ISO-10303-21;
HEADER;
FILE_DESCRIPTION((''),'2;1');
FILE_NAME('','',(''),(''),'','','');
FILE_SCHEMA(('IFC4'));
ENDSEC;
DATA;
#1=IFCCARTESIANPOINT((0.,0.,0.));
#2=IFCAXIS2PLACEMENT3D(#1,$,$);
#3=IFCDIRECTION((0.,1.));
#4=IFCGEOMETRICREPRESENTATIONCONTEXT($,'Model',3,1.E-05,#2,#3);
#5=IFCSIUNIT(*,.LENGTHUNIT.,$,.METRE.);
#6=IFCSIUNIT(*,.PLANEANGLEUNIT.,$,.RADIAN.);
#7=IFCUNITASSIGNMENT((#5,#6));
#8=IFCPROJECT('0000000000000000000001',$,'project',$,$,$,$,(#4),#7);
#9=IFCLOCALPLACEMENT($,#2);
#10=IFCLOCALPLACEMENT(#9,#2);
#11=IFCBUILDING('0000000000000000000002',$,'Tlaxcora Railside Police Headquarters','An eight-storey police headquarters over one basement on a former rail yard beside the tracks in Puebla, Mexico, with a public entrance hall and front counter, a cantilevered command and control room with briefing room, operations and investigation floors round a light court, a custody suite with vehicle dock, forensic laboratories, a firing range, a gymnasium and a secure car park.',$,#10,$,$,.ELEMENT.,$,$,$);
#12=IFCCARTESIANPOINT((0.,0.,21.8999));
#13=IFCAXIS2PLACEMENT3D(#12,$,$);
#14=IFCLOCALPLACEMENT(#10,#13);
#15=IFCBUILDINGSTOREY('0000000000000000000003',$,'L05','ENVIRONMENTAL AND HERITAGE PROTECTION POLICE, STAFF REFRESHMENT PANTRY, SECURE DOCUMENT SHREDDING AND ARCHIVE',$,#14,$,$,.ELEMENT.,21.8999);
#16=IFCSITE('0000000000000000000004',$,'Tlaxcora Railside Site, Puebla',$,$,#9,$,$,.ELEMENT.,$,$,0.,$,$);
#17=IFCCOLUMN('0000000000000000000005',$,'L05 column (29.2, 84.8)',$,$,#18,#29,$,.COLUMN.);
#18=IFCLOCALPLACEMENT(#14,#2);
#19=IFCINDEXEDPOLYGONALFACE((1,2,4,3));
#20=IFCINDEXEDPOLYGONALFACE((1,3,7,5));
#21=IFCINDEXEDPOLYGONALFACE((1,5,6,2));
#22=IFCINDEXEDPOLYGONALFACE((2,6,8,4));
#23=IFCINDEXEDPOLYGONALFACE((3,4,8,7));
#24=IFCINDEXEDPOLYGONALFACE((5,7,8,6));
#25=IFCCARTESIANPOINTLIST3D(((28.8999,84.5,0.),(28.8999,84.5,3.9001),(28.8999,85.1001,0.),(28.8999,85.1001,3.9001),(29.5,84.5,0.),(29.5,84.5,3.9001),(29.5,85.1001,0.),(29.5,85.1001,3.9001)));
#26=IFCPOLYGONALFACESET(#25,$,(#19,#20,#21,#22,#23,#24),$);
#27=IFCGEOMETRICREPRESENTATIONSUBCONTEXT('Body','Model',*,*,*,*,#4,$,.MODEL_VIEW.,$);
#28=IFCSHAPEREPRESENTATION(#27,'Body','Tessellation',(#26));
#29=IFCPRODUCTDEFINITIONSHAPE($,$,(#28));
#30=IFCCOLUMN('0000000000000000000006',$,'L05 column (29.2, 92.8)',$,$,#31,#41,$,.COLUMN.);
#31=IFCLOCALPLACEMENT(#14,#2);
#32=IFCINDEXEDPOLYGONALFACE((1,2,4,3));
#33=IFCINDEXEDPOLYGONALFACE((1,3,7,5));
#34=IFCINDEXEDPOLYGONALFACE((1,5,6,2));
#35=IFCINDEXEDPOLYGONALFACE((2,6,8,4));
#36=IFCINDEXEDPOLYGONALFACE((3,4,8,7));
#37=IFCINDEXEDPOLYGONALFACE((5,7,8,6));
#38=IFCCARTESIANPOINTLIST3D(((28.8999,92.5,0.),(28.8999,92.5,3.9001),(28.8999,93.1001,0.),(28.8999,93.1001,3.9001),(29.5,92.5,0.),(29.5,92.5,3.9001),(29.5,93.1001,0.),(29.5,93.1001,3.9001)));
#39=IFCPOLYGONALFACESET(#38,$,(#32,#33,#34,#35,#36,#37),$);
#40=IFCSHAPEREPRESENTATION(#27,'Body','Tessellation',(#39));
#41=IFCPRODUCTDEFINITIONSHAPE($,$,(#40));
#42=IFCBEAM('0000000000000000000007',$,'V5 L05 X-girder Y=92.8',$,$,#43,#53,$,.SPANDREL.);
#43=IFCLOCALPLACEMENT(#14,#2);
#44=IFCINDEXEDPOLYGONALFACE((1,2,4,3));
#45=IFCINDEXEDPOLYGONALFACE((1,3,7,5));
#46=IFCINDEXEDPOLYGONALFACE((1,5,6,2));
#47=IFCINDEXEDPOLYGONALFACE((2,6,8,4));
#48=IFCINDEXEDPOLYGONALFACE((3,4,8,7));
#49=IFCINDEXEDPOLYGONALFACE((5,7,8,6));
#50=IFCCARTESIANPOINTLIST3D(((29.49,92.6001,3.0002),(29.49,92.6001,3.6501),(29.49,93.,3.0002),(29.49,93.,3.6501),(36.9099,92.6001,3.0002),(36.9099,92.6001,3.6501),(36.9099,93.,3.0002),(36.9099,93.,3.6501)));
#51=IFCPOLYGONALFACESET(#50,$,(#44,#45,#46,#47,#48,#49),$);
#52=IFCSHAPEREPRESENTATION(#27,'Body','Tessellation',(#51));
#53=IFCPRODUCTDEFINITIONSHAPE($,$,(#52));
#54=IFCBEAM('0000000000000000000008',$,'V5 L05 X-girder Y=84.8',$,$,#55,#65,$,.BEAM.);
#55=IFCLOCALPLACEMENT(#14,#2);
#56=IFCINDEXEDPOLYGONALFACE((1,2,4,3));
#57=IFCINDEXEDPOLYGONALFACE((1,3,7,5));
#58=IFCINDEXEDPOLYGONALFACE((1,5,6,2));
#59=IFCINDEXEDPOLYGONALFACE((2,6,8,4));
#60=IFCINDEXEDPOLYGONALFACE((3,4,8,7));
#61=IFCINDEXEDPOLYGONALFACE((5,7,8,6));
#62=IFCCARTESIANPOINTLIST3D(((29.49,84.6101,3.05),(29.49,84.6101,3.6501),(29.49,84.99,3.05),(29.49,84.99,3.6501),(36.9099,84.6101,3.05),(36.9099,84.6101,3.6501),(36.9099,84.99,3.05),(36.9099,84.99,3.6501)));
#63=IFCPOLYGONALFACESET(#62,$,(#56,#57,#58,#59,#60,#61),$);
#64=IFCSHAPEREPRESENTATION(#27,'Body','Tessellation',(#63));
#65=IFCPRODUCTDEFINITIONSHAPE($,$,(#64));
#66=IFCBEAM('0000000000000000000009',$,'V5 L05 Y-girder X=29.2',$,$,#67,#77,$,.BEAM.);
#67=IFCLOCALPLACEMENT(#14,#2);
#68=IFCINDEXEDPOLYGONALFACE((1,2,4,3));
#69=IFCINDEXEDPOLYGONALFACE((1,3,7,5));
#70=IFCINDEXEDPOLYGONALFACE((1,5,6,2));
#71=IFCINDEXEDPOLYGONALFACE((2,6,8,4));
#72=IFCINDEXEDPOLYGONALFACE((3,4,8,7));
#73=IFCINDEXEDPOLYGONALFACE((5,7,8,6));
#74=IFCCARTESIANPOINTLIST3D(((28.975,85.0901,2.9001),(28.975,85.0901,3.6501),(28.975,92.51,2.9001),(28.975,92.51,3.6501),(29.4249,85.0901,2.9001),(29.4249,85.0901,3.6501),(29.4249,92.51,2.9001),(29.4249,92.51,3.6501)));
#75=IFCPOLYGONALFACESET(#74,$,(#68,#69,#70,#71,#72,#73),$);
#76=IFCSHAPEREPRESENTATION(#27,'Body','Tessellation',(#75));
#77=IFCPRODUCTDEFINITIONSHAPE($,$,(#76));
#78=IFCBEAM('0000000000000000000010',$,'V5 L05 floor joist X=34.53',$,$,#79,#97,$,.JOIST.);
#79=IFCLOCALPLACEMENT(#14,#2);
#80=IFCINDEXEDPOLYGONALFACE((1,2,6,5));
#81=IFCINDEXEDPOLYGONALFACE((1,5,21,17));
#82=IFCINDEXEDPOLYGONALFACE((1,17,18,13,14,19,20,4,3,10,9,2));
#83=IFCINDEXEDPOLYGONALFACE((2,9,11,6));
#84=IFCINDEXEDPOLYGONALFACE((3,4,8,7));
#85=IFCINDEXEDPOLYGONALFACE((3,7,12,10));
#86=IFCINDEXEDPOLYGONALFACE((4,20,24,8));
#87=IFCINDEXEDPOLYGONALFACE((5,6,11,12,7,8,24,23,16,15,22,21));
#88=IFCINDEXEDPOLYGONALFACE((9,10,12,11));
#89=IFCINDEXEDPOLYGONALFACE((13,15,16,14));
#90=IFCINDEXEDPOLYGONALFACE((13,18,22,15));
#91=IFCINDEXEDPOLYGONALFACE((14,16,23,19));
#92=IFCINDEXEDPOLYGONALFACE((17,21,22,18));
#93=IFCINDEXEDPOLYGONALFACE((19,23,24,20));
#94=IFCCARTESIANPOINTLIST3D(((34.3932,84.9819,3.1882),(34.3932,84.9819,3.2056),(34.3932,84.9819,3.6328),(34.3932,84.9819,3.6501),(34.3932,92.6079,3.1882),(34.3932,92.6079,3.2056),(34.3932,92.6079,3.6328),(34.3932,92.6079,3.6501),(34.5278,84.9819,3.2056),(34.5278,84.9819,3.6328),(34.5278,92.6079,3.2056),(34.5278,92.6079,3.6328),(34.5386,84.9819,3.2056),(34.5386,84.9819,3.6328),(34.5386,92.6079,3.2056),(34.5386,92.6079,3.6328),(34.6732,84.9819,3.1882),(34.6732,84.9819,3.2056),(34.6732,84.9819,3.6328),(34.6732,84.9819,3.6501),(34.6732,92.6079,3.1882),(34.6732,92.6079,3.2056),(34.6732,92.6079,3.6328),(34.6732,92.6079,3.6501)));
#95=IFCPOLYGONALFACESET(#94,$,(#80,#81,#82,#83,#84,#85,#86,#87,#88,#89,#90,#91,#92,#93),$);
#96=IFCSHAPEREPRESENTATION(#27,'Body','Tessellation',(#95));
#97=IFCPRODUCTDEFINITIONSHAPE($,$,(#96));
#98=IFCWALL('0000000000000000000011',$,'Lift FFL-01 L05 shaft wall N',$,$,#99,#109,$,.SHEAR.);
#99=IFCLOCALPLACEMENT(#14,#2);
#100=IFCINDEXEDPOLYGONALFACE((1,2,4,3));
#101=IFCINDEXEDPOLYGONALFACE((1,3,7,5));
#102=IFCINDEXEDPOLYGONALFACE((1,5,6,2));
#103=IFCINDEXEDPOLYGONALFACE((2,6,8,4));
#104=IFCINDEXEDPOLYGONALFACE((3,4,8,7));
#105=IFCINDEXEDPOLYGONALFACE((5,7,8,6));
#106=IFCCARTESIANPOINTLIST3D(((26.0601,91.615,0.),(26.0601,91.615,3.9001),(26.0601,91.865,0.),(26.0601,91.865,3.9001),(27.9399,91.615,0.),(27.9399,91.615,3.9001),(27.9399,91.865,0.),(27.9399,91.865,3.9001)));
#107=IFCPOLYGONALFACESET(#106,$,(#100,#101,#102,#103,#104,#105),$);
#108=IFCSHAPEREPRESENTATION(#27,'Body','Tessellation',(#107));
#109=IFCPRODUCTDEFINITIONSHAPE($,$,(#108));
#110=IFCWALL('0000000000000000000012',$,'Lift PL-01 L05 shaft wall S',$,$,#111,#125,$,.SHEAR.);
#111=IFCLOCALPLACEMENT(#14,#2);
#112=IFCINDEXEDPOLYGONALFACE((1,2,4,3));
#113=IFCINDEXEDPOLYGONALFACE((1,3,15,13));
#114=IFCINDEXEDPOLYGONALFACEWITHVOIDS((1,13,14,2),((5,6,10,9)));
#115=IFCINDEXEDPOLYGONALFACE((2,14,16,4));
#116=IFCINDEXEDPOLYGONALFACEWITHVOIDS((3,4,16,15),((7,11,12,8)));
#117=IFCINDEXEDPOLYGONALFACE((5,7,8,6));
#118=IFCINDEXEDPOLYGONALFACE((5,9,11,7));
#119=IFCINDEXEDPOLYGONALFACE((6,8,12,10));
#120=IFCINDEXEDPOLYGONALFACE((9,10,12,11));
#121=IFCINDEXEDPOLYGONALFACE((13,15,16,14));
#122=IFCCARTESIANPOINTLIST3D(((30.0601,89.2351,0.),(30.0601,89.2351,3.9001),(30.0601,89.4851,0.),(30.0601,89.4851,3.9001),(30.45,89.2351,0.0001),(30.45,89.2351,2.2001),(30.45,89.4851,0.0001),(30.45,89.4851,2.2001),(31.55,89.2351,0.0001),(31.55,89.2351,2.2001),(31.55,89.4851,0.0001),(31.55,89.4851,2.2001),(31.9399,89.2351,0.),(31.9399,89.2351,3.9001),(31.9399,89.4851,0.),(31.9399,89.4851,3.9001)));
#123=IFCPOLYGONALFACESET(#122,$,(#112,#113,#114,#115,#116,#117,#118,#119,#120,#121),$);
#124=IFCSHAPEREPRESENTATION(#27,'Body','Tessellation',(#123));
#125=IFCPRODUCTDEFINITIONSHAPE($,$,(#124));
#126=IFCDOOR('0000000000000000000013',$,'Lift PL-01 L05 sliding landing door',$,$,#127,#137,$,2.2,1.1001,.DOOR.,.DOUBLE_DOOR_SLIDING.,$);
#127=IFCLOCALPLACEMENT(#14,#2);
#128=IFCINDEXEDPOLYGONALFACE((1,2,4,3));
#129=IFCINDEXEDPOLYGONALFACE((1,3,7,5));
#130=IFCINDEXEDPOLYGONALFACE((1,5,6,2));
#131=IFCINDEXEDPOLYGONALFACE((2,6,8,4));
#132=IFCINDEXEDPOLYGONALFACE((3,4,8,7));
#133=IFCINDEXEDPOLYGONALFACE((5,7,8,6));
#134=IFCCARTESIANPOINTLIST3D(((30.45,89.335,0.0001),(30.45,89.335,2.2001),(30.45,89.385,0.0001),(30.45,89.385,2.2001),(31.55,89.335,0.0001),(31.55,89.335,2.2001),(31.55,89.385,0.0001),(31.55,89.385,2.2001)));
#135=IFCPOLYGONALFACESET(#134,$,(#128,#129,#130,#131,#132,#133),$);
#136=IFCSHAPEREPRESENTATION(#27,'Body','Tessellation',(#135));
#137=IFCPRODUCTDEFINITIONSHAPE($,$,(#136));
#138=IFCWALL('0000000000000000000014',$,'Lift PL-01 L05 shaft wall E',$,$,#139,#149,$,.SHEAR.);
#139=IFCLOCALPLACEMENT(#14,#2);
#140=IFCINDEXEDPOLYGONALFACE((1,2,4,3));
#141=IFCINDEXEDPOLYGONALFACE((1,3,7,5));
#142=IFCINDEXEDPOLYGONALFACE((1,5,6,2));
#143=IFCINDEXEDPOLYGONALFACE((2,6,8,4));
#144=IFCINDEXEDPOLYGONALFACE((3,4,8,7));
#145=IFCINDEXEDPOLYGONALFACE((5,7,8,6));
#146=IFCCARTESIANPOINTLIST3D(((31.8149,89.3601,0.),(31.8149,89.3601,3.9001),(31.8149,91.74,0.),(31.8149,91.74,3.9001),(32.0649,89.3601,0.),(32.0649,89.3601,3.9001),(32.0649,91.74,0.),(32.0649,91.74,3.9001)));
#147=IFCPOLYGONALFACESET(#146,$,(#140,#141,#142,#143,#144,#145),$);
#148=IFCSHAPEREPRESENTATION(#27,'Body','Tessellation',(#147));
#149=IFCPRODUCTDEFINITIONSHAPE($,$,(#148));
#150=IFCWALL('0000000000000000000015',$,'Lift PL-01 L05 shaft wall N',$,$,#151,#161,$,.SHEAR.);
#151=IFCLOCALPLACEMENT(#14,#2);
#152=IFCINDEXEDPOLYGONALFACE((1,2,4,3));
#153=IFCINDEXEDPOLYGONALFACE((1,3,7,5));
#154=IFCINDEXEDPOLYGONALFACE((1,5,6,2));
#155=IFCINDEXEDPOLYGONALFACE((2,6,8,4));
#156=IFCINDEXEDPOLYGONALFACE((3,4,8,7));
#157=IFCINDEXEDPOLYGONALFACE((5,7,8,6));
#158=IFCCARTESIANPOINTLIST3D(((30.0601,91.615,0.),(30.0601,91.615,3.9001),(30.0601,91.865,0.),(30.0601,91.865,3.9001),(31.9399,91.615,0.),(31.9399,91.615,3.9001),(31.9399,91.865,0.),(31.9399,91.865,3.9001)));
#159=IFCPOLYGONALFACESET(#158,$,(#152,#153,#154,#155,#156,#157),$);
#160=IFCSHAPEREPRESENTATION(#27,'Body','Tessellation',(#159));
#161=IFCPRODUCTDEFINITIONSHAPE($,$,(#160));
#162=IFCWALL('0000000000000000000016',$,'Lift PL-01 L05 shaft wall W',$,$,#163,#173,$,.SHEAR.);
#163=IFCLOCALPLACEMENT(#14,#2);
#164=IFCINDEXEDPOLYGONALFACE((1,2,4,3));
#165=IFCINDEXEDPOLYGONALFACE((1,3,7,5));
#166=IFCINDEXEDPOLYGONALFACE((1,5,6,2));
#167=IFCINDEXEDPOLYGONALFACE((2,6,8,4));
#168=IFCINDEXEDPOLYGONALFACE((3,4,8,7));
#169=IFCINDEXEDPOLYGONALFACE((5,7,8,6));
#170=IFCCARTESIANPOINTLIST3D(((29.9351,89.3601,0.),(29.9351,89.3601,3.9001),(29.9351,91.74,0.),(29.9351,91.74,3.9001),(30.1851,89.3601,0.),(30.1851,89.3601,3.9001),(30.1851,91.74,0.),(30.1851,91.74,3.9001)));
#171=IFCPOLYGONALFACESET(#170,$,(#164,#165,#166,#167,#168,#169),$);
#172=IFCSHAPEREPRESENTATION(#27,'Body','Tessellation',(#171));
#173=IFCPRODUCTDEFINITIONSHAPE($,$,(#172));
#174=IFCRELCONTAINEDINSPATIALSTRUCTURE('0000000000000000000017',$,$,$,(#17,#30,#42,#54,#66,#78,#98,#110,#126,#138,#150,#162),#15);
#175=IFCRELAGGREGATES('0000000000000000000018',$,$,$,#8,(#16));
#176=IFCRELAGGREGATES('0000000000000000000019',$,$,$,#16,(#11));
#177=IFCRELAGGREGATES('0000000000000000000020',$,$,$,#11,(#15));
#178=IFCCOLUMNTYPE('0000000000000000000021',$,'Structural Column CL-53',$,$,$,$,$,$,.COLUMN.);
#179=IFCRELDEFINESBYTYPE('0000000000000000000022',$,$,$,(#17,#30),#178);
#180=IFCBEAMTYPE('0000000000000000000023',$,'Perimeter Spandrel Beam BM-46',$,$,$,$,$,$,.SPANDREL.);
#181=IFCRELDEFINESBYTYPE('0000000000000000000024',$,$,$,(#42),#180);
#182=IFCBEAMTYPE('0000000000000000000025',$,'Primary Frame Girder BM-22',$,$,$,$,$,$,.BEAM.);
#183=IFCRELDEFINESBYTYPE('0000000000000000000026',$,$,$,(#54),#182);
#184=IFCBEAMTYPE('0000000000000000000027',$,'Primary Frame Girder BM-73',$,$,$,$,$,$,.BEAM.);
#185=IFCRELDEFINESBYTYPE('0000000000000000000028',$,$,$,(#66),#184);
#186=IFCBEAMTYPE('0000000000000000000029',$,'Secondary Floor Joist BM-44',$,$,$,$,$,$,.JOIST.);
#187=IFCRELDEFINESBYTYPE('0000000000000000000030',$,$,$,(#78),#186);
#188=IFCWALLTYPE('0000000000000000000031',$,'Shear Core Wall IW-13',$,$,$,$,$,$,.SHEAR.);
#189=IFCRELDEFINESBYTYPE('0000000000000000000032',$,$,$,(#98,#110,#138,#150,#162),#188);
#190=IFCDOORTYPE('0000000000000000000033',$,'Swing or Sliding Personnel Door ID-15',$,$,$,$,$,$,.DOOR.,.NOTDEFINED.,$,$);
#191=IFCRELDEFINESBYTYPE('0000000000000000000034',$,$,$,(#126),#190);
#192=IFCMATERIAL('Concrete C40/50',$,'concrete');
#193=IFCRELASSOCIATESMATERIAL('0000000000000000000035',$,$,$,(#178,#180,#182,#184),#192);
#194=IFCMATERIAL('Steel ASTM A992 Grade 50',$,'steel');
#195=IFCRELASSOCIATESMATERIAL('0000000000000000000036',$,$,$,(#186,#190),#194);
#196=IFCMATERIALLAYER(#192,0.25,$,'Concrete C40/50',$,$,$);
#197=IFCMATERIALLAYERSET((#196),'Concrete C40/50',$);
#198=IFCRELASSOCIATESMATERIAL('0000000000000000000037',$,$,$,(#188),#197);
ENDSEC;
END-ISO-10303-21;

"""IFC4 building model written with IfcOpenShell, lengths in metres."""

from ifc_helpers import new_model, si_unit, direction, frame, frame_2d, origin, origin_2d, place, context, subcontext, project, spatial, rectangle, i_section, extrude, material, layer, layer_set, material_profile, profile_set, type_object, element, fill, save


model = new_model("IFC4")

# Units and contexts
model_context = context("Model", 3, precision=1e-05, world=origin(), true_north=direction((0.0, 1.0)))
body_context = subcontext(model_context, "Body", "Model", "MODEL_VIEW")
ifc_project = project(units=[si_unit("LENGTHUNIT", "METRE"), si_unit("PLANEANGLEUNIT", "RADIAN")], contexts=[model_context])

# Site, building, storey
site_placement = place(None, origin())
site = spatial("IfcSite", under=ifc_project, at=site_placement, Name="Tlaxcora Railside Site, Puebla", CompositionType="ELEMENT", RefElevation=0.0)
building_placement = place(site_placement, origin())
building = spatial("IfcBuilding", under=site, at=building_placement, Name="Tlaxcora Railside Police Headquarters", Description="An eight-storey police headquarters over one basement on a former rail yard beside the tracks in Puebla, Mexico, with a public entrance hall and front counter, a cantilevered command and control room with briefing room, operations and investigation floors round a light court, a custody suite with vehicle dock, forensic laboratories, a firing range, a gymnasium and a secure car park.", CompositionType="ELEMENT")
storey_placement = place(building_placement, frame((0.0, 0.0, 21.8999)))
storey = spatial("IfcBuildingStorey", under=building, at=storey_placement, Name="L05", Description="ENVIRONMENTAL AND HERITAGE PROTECTION POLICE, STAFF REFRESHMENT PANTRY, SECURE DOCUMENT SHREDDING AND ARCHIVE", CompositionType="ELEMENT", Elevation=21.8999)

# Columns
ifc_material_1 = material(Name="Concrete C40/50", Category="concrete")
ifc_material_profile_1 = material_profile(ifc_material_1, rectangle(XDim=0.6001, YDim=0.6001, at=origin_2d()), Name="RC600X600")
ifc_profile_set_1 = profile_set([ifc_material_profile_1], Name="Concrete C40/50")
column_type = type_object("IfcColumnType", Name="Structural Column CL-53", PredefinedType="COLUMN", material=ifc_profile_set_1)
for number, where, z_axis, x_axis, name in (
    (1, (29.2, 84.8, 0.0), (0.0, 0.0, 1.0), (1.0, 0.0, 0.0), "L05 column (29.2, 84.8)"),
    (2, (29.2, 92.8, 0.0), (0.0, 0.0, 1.0), (1.0, 0.0, 0.0), "L05 column (29.2, 92.8)"),
):
    element("IfcColumn", number, at=place(storey_placement, frame(where, z_axis=z_axis, x_axis=x_axis)), inside=storey, type_object=column_type, Name=name, PredefinedType="COLUMN", context=body_context, shape_type="SweptSolid", body=[
        extrude(rectangle(XDim=0.6001, YDim=0.6001, at=origin_2d()), origin(), (0.0, 0.0, 1.0), 3.9001),
    ])

# Beams
ifc_material_profile_2 = material_profile(ifc_material_1, rectangle(XDim=0.3999, YDim=0.6499, at=origin_2d()), Name="RC400X650")
ifc_profile_set_2 = profile_set([ifc_material_profile_2], Name="Concrete C40/50")
beam_type_1 = type_object("IfcBeamType", Name="Perimeter Spandrel Beam BM-46", PredefinedType="SPANDREL", material=ifc_profile_set_2)
beam_1_placement = place(storey_placement, frame((29.49, 92.8, 3.3252), z_axis=(1.0, 0.0, 0.0), x_axis=(0.0, 1.0, 0.0)))
element("IfcBeam", 3, at=beam_1_placement, inside=storey, type_object=beam_type_1, Name="V5 L05 X-girder Y=92.8", PredefinedType="SPANDREL", context=body_context, shape_type="SweptSolid", body=[
    extrude(rectangle(XDim=0.3999, YDim=0.6499, at=origin_2d()), origin(), (0.0, 0.0, 1.0), 7.4199),
])
ifc_material_profile_3 = material_profile(ifc_material_1, rectangle(XDim=0.3799, YDim=0.6001, at=origin_2d()), Name="RC380X600")
ifc_profile_set_3 = profile_set([ifc_material_profile_3], Name="Concrete C40/50")
beam_type_2 = type_object("IfcBeamType", Name="Primary Frame Girder BM-22", PredefinedType="BEAM", material=ifc_profile_set_3)
beam_2_placement = place(storey_placement, frame((29.49, 84.8, 3.3501), z_axis=(1.0, 0.0, 0.0), x_axis=(0.0, 1.0, 0.0)))
element("IfcBeam", 4, at=beam_2_placement, inside=storey, type_object=beam_type_2, Name="V5 L05 X-girder Y=84.8", PredefinedType="BEAM", context=body_context, shape_type="SweptSolid", body=[
    extrude(rectangle(XDim=0.3799, YDim=0.6001, at=origin_2d()), origin(), (0.0, 0.0, 1.0), 7.4199),
])
ifc_material_profile_4 = material_profile(ifc_material_1, rectangle(XDim=0.45, YDim=0.75, at=origin_2d()), Name="RC450X750")
ifc_profile_set_4 = profile_set([ifc_material_profile_4], Name="Concrete C40/50")
beam_type_3 = type_object("IfcBeamType", Name="Primary Frame Girder BM-73", PredefinedType="BEAM", material=ifc_profile_set_4)
beam_3_placement = place(storey_placement, frame((29.2, 85.0901, 3.2751), z_axis=(0.0, 1.0, 0.0), x_axis=(-1.0, 0.0, 0.0)))
element("IfcBeam", 5, at=beam_3_placement, inside=storey, type_object=beam_type_3, Name="V5 L05 Y-girder X=29.2", PredefinedType="BEAM", context=body_context, shape_type="SweptSolid", body=[
    extrude(rectangle(XDim=0.45, YDim=0.75, at=origin_2d()), origin(), (0.0, 0.0, 1.0), 7.4199),
])
ifc_material_2 = material(Name="Steel ASTM A992 Grade 50", Category="steel")
ifc_material_profile_5 = material_profile(ifc_material_2, i_section(OverallWidth=0.28, OverallDepth=0.4619, WebThickness=0.0107, FlangeThickness=0.0173, at=origin_2d()), Name="W18X76")
ifc_profile_set_5 = profile_set([ifc_material_profile_5], Name="Steel ASTM A992 Grade 50")
beam_type_4 = type_object("IfcBeamType", Name="Secondary Floor Joist BM-44", PredefinedType="JOIST", material=ifc_profile_set_5)
beam_4_placement = place(storey_placement, frame((34.5332, 84.9819, 3.4192), z_axis=(0.0, 1.0, 0.0), x_axis=(-1.0, 0.0, 0.0)))
element("IfcBeam", 6, at=beam_4_placement, inside=storey, type_object=beam_type_4, Name="V5 L05 floor joist X=34.53", PredefinedType="JOIST", context=body_context, shape_type="SweptSolid", body=[
    extrude(i_section(OverallWidth=0.28, OverallDepth=0.4619, WebThickness=0.0107, FlangeThickness=0.0173, at=origin_2d()), origin(), (0.0, 0.0, 1.0), 7.626),
])

# Wall
ifc_layer_1 = layer(ifc_material_1, 0.25, Name="Concrete C40/50")
ifc_layer_set_1 = layer_set([ifc_layer_1], Name="Concrete C40/50")
wall_type_1 = type_object("IfcWallType", Name="Shear Core Wall IW-13", PredefinedType="SHEAR", material=ifc_layer_set_1)
wall_1_placement = place(storey_placement, frame((27.9399, 91.74, 0.0), z_axis=(0.0, 0.0, 1.0), x_axis=(-1.0, 0.0, 0.0)))
element("IfcWall", 7, at=wall_1_placement, inside=storey, type_object=wall_type_1, Name="Lift FFL-01 L05 shaft wall N", PredefinedType="SHEAR", context=body_context, shape_type="SweptSolid", body=[
    extrude(rectangle(XDim=1.8799, YDim=0.25, at=frame_2d((0.9399, 0.0))), origin(), (0.0, 0.0, 1.0), 3.9001),
])

# Wall, opening, door
wall_2_placement = place(storey_placement, frame((30.0601, 89.3601, 0.0), z_axis=(0.0, 0.0, 1.0), x_axis=(1.0, 0.0, 0.0)))
wall_2 = element("IfcWall", 8, at=wall_2_placement, inside=storey, type_object=wall_type_1, Name="Lift PL-01 L05 shaft wall S", PredefinedType="SHEAR", context=body_context, shape_type="SweptSolid", body=[
    extrude(rectangle(XDim=1.8799, YDim=0.25, at=frame_2d((0.9399, 0.0))), origin(), (0.0, 0.0, 1.0), 3.9001),
])
opening_1_placement = place(wall_2_placement, frame((0.3899, 0.0, 0.0)))
opening_1 = element("IfcOpeningElement", 9, at=opening_1_placement, cuts=wall_2, PredefinedType="OPENING", context=body_context, shape_type="SweptSolid", body=[
    extrude(rectangle(XDim=1.1001, YDim=2.2, at=frame_2d((0.55, 1.1001))), frame((0.0, 0.135, 0.0), z_axis=(0.0, -1.0, 0.0), x_axis=(1.0, 0.0, 0.0)), (0.0, 0.0, 1.0), 0.27),
])
door_type = type_object("IfcDoorType", Name="Swing or Sliding Personnel Door ID-15", OperationType="NOTDEFINED", PredefinedType="DOOR", material=ifc_material_2)
door_1_placement = place(opening_1_placement, origin())
door_1 = element("IfcDoor", 10, at=door_1_placement, inside=storey, type_object=door_type, Name="Lift PL-01 L05 sliding landing door", OperationType="DOUBLE_DOOR_SLIDING", OverallHeight=2.2, OverallWidth=1.1001, PredefinedType="DOOR", context=body_context, shape_type="SweptSolid", body=[
    extrude(rectangle(XDim=1.1001, YDim=2.2, at=frame_2d((0.55, 1.1001))), frame((0.0, 0.0249, 0.0), z_axis=(0.0, -1.0, 0.0), x_axis=(1.0, 0.0, 0.0)), (0.0, 0.0, 1.0), 0.05),
])
fill(opening_1, door_1)

# Walls
wall_3_placement = place(storey_placement, frame((31.9399, 89.3601, 0.0), z_axis=(0.0, 0.0, 1.0), x_axis=(0.0, 1.0, 0.0)))
element("IfcWall", 11, at=wall_3_placement, inside=storey, type_object=wall_type_1, Name="Lift PL-01 L05 shaft wall E", PredefinedType="SHEAR", context=body_context, shape_type="SweptSolid", body=[
    extrude(rectangle(XDim=2.3799, YDim=0.25, at=frame_2d((1.1899, 0.0))), origin(), (0.0, 0.0, 1.0), 3.9001),
])
wall_4_placement = place(storey_placement, frame((31.9399, 91.74, 0.0), z_axis=(0.0, 0.0, 1.0), x_axis=(-1.0, 0.0, 0.0)))
element("IfcWall", 12, at=wall_4_placement, inside=storey, type_object=wall_type_1, Name="Lift PL-01 L05 shaft wall N", PredefinedType="SHEAR", context=body_context, shape_type="SweptSolid", body=[
    extrude(rectangle(XDim=1.8799, YDim=0.25, at=frame_2d((0.9399, 0.0))), origin(), (0.0, 0.0, 1.0), 3.9001),
])
wall_5_placement = place(storey_placement, frame((30.0601, 91.74, 0.0), z_axis=(0.0, 0.0, 1.0), x_axis=(0.0, -1.0, 0.0)))
element("IfcWall", 13, at=wall_5_placement, inside=storey, type_object=wall_type_1, Name="Lift PL-01 L05 shaft wall W", PredefinedType="SHEAR", context=body_context, shape_type="SweptSolid", body=[
    extrude(rectangle(XDim=2.3799, YDim=0.25, at=frame_2d((1.1899, 0.0))), origin(), (0.0, 0.0, 1.0), 3.9001),
])

save(model, "model.ifc")
